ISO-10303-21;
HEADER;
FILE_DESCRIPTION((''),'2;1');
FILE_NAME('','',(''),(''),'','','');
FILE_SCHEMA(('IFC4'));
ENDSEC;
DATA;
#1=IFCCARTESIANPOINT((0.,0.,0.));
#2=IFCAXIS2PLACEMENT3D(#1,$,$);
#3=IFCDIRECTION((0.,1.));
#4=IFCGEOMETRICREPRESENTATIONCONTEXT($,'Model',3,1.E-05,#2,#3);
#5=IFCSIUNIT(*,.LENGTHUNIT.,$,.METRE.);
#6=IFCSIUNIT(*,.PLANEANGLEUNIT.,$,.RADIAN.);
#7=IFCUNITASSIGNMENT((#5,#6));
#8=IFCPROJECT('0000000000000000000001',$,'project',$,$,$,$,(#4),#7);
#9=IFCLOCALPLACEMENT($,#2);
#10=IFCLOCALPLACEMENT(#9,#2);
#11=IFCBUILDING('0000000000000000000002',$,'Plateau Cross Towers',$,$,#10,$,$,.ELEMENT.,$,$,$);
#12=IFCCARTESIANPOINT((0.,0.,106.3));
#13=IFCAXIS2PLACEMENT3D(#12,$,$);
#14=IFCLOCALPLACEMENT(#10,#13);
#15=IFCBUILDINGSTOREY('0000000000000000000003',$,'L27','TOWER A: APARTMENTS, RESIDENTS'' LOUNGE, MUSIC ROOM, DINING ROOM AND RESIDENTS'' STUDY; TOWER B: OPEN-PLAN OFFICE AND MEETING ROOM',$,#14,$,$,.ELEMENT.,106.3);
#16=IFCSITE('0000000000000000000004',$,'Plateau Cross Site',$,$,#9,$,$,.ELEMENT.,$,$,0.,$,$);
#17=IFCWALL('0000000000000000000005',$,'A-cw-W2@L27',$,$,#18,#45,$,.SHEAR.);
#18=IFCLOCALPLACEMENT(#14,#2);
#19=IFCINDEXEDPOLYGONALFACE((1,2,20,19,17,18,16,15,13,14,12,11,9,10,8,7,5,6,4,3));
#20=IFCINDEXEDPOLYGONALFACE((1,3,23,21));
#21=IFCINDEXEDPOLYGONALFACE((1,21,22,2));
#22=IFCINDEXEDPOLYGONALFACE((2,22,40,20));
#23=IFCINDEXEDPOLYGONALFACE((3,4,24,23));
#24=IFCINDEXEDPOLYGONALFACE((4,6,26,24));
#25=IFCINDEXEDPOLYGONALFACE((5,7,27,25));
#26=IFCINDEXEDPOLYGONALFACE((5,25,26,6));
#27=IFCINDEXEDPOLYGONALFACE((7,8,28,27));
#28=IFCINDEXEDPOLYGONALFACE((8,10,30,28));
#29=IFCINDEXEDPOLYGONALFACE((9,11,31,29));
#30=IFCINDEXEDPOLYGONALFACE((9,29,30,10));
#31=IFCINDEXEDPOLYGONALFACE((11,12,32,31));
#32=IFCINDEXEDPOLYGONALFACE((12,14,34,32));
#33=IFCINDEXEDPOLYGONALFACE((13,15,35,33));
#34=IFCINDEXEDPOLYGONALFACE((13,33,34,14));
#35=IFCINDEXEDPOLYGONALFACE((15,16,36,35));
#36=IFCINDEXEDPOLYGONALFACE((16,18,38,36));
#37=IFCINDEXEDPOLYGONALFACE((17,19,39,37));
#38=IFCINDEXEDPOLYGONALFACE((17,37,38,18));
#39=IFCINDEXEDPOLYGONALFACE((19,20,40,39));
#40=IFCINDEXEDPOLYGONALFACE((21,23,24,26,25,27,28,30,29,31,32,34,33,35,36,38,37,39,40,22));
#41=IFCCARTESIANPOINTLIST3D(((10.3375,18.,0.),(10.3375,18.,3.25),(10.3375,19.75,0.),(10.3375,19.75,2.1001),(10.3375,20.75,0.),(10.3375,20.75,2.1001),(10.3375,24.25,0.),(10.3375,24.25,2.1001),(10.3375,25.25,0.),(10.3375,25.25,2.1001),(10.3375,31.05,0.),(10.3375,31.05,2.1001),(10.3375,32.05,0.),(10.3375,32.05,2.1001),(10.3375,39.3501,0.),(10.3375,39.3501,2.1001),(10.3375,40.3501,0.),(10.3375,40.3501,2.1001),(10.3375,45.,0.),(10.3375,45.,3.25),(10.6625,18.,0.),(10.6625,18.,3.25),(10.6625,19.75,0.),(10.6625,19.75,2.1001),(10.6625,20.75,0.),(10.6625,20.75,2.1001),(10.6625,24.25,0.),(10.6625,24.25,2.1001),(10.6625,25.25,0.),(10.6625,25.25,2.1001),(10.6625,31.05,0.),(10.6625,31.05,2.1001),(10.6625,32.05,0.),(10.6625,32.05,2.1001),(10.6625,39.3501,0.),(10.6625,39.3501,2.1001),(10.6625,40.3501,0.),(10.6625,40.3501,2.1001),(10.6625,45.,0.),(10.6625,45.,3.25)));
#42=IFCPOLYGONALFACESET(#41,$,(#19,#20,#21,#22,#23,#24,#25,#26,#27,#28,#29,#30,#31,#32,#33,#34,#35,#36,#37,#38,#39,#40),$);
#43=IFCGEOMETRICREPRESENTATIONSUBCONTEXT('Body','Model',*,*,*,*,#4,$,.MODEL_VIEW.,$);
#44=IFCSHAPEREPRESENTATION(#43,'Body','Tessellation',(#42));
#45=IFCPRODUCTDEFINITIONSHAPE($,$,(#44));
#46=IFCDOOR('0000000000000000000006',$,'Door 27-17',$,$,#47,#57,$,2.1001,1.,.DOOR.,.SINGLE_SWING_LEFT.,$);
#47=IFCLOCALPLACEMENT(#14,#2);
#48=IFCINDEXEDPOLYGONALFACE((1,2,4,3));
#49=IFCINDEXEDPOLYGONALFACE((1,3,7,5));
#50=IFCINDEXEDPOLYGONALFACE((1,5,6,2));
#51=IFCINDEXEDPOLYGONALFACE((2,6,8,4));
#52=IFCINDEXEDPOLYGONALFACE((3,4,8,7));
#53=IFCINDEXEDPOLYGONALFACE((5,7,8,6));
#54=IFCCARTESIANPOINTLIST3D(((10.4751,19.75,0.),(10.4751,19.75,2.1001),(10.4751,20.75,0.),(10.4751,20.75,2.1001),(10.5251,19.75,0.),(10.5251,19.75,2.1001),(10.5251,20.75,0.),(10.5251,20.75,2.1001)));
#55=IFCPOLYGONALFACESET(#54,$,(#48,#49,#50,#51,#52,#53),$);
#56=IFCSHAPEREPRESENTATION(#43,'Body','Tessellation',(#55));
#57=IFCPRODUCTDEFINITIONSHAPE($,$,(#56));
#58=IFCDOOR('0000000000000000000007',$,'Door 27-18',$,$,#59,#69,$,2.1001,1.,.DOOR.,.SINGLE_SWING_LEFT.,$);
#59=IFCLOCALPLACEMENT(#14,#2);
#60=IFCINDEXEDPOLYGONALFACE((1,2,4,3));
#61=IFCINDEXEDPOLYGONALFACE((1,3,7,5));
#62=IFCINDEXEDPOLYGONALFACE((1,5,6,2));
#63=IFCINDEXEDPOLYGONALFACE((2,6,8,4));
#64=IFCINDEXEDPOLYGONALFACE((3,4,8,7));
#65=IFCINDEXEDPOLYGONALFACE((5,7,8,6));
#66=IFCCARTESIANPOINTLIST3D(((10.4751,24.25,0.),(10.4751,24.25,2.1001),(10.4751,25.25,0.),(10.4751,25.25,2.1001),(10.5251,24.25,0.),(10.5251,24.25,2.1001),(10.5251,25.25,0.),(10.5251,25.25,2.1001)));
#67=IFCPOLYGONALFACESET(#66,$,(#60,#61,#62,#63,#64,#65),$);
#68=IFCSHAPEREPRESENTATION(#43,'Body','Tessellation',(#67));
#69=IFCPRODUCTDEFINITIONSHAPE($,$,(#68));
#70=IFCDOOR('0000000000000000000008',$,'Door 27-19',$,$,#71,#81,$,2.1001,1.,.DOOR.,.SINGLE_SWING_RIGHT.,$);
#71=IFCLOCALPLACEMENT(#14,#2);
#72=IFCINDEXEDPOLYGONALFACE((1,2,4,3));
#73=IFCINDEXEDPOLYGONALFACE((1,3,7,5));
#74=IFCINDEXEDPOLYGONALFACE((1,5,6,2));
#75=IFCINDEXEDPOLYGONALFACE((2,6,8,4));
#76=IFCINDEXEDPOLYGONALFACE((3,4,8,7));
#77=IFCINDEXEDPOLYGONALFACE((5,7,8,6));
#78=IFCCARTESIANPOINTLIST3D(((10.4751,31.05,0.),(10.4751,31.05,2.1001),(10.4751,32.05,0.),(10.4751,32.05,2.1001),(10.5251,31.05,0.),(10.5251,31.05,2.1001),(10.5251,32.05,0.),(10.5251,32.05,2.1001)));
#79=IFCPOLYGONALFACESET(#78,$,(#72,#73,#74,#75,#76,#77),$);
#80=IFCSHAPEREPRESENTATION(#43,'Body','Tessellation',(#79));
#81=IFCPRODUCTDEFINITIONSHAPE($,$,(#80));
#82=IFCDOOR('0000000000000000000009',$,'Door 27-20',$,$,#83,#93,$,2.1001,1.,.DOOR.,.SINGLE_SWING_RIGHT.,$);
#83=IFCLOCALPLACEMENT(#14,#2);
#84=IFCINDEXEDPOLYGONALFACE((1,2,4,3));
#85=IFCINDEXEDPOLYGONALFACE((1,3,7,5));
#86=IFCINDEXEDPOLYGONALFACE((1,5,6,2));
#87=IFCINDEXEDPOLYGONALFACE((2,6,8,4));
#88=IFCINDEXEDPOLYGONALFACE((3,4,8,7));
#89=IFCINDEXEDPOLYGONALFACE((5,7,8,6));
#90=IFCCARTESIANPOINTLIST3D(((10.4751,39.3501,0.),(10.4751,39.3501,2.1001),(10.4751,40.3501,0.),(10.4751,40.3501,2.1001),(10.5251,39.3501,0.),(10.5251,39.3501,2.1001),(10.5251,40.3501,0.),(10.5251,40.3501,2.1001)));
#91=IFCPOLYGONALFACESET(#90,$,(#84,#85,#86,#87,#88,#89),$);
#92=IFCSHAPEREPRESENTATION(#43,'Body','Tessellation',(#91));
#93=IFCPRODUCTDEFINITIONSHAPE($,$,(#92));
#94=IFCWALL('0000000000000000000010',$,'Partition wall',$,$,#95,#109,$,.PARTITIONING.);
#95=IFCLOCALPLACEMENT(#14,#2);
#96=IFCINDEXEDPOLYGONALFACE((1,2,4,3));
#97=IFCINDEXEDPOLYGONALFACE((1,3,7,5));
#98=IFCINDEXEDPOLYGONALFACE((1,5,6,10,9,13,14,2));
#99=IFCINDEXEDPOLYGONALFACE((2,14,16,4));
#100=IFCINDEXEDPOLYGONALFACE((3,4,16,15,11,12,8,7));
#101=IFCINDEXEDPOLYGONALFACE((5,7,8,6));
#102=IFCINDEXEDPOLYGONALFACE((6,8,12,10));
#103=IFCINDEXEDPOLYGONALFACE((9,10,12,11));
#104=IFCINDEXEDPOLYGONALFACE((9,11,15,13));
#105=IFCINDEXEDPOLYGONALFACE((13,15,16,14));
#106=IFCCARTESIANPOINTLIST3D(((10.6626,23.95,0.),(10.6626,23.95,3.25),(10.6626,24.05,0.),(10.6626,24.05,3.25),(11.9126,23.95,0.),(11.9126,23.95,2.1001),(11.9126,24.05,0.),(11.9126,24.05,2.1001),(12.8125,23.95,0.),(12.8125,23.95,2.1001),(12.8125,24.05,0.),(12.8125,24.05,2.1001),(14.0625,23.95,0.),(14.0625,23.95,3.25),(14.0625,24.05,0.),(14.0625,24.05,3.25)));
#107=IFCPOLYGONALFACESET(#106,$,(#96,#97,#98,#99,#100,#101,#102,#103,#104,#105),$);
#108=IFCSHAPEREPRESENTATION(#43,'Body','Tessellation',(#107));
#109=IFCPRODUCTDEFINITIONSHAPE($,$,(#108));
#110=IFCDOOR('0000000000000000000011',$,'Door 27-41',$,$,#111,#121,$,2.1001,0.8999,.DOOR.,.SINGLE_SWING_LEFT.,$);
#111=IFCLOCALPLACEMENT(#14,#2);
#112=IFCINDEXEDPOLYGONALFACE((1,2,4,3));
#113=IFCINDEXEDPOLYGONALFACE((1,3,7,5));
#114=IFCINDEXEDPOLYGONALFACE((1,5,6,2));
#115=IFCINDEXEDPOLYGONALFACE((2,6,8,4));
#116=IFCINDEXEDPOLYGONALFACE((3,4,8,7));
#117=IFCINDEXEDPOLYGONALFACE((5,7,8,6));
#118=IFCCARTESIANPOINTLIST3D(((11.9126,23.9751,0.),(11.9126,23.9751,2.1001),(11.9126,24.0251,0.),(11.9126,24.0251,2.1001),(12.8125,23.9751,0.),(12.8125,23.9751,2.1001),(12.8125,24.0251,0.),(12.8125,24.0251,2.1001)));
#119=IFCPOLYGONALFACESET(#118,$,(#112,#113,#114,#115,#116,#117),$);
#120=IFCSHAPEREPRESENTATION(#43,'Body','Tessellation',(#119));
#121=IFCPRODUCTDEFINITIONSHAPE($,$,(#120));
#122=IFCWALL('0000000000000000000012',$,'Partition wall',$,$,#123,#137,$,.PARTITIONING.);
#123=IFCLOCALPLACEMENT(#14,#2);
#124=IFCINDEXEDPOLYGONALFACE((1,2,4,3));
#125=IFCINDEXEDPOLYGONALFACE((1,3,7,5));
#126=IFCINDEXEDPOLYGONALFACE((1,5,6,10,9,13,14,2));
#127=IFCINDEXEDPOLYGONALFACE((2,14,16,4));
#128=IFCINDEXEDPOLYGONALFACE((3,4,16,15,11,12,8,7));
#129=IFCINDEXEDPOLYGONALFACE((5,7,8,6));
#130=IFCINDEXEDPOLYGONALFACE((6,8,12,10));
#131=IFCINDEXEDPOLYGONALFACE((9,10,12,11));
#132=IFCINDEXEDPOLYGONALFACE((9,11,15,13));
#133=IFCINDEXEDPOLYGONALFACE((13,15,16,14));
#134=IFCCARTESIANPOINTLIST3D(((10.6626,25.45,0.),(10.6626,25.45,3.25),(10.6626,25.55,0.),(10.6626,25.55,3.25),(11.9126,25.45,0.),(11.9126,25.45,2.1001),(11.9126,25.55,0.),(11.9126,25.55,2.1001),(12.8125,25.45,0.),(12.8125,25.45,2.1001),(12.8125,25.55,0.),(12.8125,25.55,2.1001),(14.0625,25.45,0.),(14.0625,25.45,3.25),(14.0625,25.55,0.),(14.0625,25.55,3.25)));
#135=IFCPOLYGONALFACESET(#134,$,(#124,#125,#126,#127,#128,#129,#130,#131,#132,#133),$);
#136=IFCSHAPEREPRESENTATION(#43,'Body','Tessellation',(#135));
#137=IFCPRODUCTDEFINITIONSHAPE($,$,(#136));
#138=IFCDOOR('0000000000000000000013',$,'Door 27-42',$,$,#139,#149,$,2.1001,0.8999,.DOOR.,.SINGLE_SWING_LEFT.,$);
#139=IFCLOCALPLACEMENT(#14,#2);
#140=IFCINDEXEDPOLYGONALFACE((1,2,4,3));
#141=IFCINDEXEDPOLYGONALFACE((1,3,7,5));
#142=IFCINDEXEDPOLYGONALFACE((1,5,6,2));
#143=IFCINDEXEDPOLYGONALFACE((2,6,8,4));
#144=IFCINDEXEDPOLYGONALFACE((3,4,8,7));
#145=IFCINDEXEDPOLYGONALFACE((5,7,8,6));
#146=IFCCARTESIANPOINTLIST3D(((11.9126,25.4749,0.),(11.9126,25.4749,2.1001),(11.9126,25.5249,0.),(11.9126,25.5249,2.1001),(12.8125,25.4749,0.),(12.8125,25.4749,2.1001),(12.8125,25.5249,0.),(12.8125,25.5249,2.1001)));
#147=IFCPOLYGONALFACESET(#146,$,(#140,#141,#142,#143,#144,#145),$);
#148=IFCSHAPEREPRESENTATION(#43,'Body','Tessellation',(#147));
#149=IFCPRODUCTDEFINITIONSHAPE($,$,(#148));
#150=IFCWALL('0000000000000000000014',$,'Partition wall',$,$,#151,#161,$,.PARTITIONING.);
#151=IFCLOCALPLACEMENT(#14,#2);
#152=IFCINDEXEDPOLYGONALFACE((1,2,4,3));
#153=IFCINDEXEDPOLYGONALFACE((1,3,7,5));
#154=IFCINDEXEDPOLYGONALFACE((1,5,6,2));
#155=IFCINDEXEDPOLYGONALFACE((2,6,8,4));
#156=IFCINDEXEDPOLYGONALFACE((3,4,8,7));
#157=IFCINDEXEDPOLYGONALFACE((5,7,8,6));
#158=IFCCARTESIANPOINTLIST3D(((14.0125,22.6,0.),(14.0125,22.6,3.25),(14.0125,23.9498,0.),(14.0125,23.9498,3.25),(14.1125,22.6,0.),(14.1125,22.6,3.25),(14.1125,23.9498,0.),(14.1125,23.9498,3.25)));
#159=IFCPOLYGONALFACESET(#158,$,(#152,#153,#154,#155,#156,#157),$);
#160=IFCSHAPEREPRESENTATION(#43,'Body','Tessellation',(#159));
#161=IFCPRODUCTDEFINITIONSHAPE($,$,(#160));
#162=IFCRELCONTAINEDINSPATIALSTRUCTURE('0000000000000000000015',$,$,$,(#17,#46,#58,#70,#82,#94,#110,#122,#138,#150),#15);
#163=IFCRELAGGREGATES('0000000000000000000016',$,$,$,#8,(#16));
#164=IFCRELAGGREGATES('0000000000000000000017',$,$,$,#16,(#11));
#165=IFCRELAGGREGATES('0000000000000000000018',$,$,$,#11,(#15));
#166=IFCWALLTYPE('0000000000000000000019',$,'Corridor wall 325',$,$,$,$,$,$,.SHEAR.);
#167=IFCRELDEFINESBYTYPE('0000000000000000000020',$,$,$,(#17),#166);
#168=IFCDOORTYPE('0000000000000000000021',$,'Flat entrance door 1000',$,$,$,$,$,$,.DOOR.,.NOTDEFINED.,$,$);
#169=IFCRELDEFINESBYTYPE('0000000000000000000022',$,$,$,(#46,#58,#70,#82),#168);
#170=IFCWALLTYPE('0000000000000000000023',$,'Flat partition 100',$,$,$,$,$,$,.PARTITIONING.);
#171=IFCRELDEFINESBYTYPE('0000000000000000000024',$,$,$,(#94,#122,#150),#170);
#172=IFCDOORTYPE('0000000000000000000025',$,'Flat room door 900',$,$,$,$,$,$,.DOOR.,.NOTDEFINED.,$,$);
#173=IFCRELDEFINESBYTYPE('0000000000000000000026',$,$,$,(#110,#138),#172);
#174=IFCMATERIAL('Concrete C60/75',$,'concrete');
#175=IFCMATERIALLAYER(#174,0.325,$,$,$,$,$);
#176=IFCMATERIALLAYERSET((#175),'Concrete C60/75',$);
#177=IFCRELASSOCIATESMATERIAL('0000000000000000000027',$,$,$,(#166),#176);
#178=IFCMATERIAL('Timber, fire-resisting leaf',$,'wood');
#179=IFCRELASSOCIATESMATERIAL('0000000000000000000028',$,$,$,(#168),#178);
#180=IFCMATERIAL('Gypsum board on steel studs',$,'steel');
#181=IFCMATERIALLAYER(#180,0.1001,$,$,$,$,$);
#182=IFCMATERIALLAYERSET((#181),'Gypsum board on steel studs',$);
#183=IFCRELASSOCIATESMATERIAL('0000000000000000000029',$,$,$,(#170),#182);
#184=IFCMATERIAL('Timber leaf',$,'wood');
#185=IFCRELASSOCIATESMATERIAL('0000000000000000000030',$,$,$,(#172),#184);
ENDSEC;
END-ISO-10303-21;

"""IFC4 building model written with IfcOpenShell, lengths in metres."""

from ifc_helpers import new_model, si_unit, direction, frame, frame_2d, origin, place, context, subcontext, project, spatial, rectangle, extrude, material, layer, layer_set, type_object, element, fill, save


model = new_model("IFC4")

# Units and contexts
model_context = context("Model", 3, precision=1e-05, world=origin(), true_north=direction((0.0, 1.0)))
body_context = subcontext(model_context, "Body", "Model", "MODEL_VIEW")
ifc_project = project(units=[si_unit("LENGTHUNIT", "METRE"), si_unit("PLANEANGLEUNIT", "RADIAN")], contexts=[model_context])

# Site, building, storey
site_placement = place(None, origin())
site = spatial("IfcSite", under=ifc_project, at=site_placement, Name="Plateau Cross Site", CompositionType="ELEMENT", RefElevation=0.0)
building_placement = place(site_placement, origin())
building = spatial("IfcBuilding", under=site, at=building_placement, Name="Plateau Cross Towers", CompositionType="ELEMENT")
storey_placement = place(building_placement, frame((0.0, 0.0, 106.3)))
storey = spatial("IfcBuildingStorey", under=building, at=storey_placement, Name="L27", Description="TOWER A: APARTMENTS, RESIDENTS' LOUNGE, MUSIC ROOM, DINING ROOM AND RESIDENTS' STUDY; TOWER B: OPEN-PLAN OFFICE AND MEETING ROOM", CompositionType="ELEMENT", Elevation=106.3)

# Shared definitions
ifc_material_1 = material(Name="Concrete C60/75", Category="concrete")

# Wall, openings, doors
ifc_layer_1 = layer(ifc_material_1, 0.325)
ifc_layer_set_1 = layer_set([ifc_layer_1], Name="Concrete C60/75")
wall_type_1 = type_object("IfcWallType", Name="Corridor wall 325", PredefinedType="SHEAR", material=ifc_layer_set_1)
wall_1_placement = place(storey_placement, frame((10.5, 18.0, 0.0), z_axis=(0.0, 0.0, 1.0), x_axis=(0.0, 1.0, 0.0)))
wall_1 = element("IfcWall", 1, at=wall_1_placement, inside=storey, type_object=wall_type_1, Name="A-cw-W2@L27", PredefinedType="SHEAR", context=body_context, shape_type="SweptSolid", body=[
    extrude(rectangle(XDim=27.0, YDim=0.325, at=frame_2d((13.5, 0.0))), origin(), (0.0, 0.0, 1.0), 3.25),
])
opening_1_placement = place(wall_1_placement, frame((1.75, 0.0, 0.0)))
opening_1 = element("IfcOpeningElement", 2, at=opening_1_placement, cuts=wall_1, PredefinedType="OPENING", context=body_context, shape_type="SweptSolid", body=[
    extrude(rectangle(XDim=1.0, YDim=2.1001, at=frame_2d((0.5, 1.05))), frame((0.0, 0.1724, 0.0), z_axis=(0.0, -1.0, 0.0), x_axis=(1.0, 0.0, 0.0)), (0.0, 0.0, 1.0), 0.345),
])
opening_2_placement = place(wall_1_placement, frame((6.25, 0.0, 0.0)))
opening_2 = element("IfcOpeningElement", 3, at=opening_2_placement, cuts=wall_1, PredefinedType="OPENING", context=body_context, shape_type="SweptSolid", body=[
    extrude(rectangle(XDim=1.0, YDim=2.1001, at=frame_2d((0.5, 1.05))), frame((0.0, 0.1724, 0.0), z_axis=(0.0, -1.0, 0.0), x_axis=(1.0, 0.0, 0.0)), (0.0, 0.0, 1.0), 0.345),
])
opening_3_placement = place(wall_1_placement, frame((13.05, 0.0, 0.0)))
opening_3 = element("IfcOpeningElement", 4, at=opening_3_placement, cuts=wall_1, PredefinedType="OPENING", context=body_context, shape_type="SweptSolid", body=[
    extrude(rectangle(XDim=1.0, YDim=2.1001, at=frame_2d((0.5, 1.05))), frame((0.0, 0.1724, 0.0), z_axis=(0.0, -1.0, 0.0), x_axis=(1.0, 0.0, 0.0)), (0.0, 0.0, 1.0), 0.345),
])
opening_4_placement = place(wall_1_placement, frame((21.3501, 0.0, 0.0)))
opening_4 = element("IfcOpeningElement", 5, at=opening_4_placement, cuts=wall_1, PredefinedType="OPENING", context=body_context, shape_type="SweptSolid", body=[
    extrude(rectangle(XDim=1.0, YDim=2.1001, at=frame_2d((0.5, 1.05))), frame((0.0, 0.1724, 0.0), z_axis=(0.0, -1.0, 0.0), x_axis=(1.0, 0.0, 0.0)), (0.0, 0.0, 1.0), 0.345),
])
ifc_material_2 = material(Name="Timber, fire-resisting leaf", Category="wood")
door_type_1 = type_object("IfcDoorType", Name="Flat entrance door 1000", OperationType="NOTDEFINED", PredefinedType="DOOR", material=ifc_material_2)
door_1_placement = place(opening_1_placement, origin())
door_1 = element("IfcDoor", 6, at=door_1_placement, inside=storey, type_object=door_type_1, Name="Door 27-17", OperationType="SINGLE_SWING_LEFT", OverallHeight=2.1001, OverallWidth=1.0, PredefinedType="DOOR", context=body_context, shape_type="SweptSolid", body=[
    extrude(rectangle(XDim=1.0, YDim=2.1001, at=frame_2d((0.5, 1.05))), frame((0.0, 0.0249, 0.0), z_axis=(0.0, -1.0, 0.0), x_axis=(1.0, 0.0, 0.0)), (0.0, 0.0, 1.0), 0.05),
])
fill(opening_1, door_1)
door_2_placement = place(opening_2_placement, origin())
door_2 = element("IfcDoor", 7, at=door_2_placement, inside=storey, type_object=door_type_1, Name="Door 27-18", OperationType="SINGLE_SWING_LEFT", OverallHeight=2.1001, OverallWidth=1.0, PredefinedType="DOOR", context=body_context, shape_type="SweptSolid", body=[
    extrude(rectangle(XDim=1.0, YDim=2.1001, at=frame_2d((0.5, 1.05))), frame((0.0, 0.0249, 0.0), z_axis=(0.0, -1.0, 0.0), x_axis=(1.0, 0.0, 0.0)), (0.0, 0.0, 1.0), 0.05),
])
fill(opening_2, door_2)
door_3_placement = place(opening_3_placement, origin())
door_3 = element("IfcDoor", 8, at=door_3_placement, inside=storey, type_object=door_type_1, Name="Door 27-19", OperationType="SINGLE_SWING_RIGHT", OverallHeight=2.1001, OverallWidth=1.0, PredefinedType="DOOR", context=body_context, shape_type="SweptSolid", body=[
    extrude(rectangle(XDim=1.0, YDim=2.1001, at=frame_2d((0.5, 1.05))), frame((0.0, 0.0249, 0.0), z_axis=(0.0, -1.0, 0.0), x_axis=(1.0, 0.0, 0.0)), (0.0, 0.0, 1.0), 0.05),
])
fill(opening_3, door_3)
door_4_placement = place(opening_4_placement, origin())
door_4 = element("IfcDoor", 9, at=door_4_placement, inside=storey, type_object=door_type_1, Name="Door 27-20", OperationType="SINGLE_SWING_RIGHT", OverallHeight=2.1001, OverallWidth=1.0, PredefinedType="DOOR", context=body_context, shape_type="SweptSolid", body=[
    extrude(rectangle(XDim=1.0, YDim=2.1001, at=frame_2d((0.5, 1.05))), frame((0.0, 0.0249, 0.0), z_axis=(0.0, -1.0, 0.0), x_axis=(1.0, 0.0, 0.0)), (0.0, 0.0, 1.0), 0.05),
])
fill(opening_4, door_4)

# Walls, openings, doors
ifc_material_3 = material(Name="Gypsum board on steel studs", Category="steel")
ifc_layer_2 = layer(ifc_material_3, 0.1001)
ifc_layer_set_2 = layer_set([ifc_layer_2], Name="Gypsum board on steel studs")
wall_type_2 = type_object("IfcWallType", Name="Flat partition 100", PredefinedType="PARTITIONING", material=ifc_layer_set_2)
wall_2_placement = place(storey_placement, frame((14.0625, 24.0, 0.0), z_axis=(0.0, 0.0, 1.0), x_axis=(-1.0, 0.0, 0.0)))
wall_2 = element("IfcWall", 10, at=wall_2_placement, inside=storey, type_object=wall_type_2, Name="Partition wall", PredefinedType="PARTITIONING", context=body_context, shape_type="SweptSolid", body=[
    extrude(rectangle(XDim=3.3999, YDim=0.1001, at=frame_2d((1.7, 0.0))), origin(), (0.0, 0.0, 1.0), 3.25),
])
opening_5_placement = place(wall_2_placement, frame((1.25, 0.0, 0.0)))
opening_5 = element("IfcOpeningElement", 11, at=opening_5_placement, cuts=wall_2, PredefinedType="OPENING", context=body_context, shape_type="SweptSolid", body=[
    extrude(rectangle(XDim=0.8999, YDim=2.1001, at=frame_2d((0.45, 1.05))), frame((0.0, 0.0601, 0.0), z_axis=(0.0, -1.0, 0.0), x_axis=(1.0, 0.0, 0.0)), (0.0, 0.0, 1.0), 0.1201),
])
ifc_material_4 = material(Name="Timber leaf", Category="wood")
door_type_2 = type_object("IfcDoorType", Name="Flat room door 900", OperationType="NOTDEFINED", PredefinedType="DOOR", material=ifc_material_4)
door_5_placement = place(opening_5_placement, origin())
door_5 = element("IfcDoor", 12, at=door_5_placement, inside=storey, type_object=door_type_2, Name="Door 27-41", OperationType="SINGLE_SWING_LEFT", OverallHeight=2.1001, OverallWidth=0.8999, PredefinedType="DOOR", context=body_context, shape_type="SweptSolid", body=[
    extrude(rectangle(XDim=0.8999, YDim=2.1001, at=frame_2d((0.45, 1.05))), frame((0.0, 0.0249, 0.0), z_axis=(0.0, -1.0, 0.0), x_axis=(1.0, 0.0, 0.0)), (0.0, 0.0, 1.0), 0.05),
])
fill(opening_5, door_5)
wall_3_placement = place(storey_placement, frame((10.6626, 25.5, 0.0), z_axis=(0.0, 0.0, 1.0), x_axis=(1.0, 0.0, 0.0)))
wall_3 = element("IfcWall", 13, at=wall_3_placement, inside=storey, type_object=wall_type_2, Name="Partition wall", PredefinedType="PARTITIONING", context=body_context, shape_type="SweptSolid", body=[
    extrude(rectangle(XDim=3.3999, YDim=0.1001, at=frame_2d((1.7, 0.0))), origin(), (0.0, 0.0, 1.0), 3.25),
])
opening_6_placement = place(wall_3_placement, frame((1.25, 0.0, 0.0)))
opening_6 = element("IfcOpeningElement", 14, at=opening_6_placement, cuts=wall_3, PredefinedType="OPENING", context=body_context, shape_type="SweptSolid", body=[
    extrude(rectangle(XDim=0.8999, YDim=2.1001, at=frame_2d((0.45, 1.05))), frame((0.0, 0.0601, 0.0), z_axis=(0.0, -1.0, 0.0), x_axis=(1.0, 0.0, 0.0)), (0.0, 0.0, 1.0), 0.1201),
])
door_6_placement = place(opening_6_placement, origin())
door_6 = element("IfcDoor", 15, at=door_6_placement, inside=storey, type_object=door_type_2, Name="Door 27-42", OperationType="SINGLE_SWING_LEFT", OverallHeight=2.1001, OverallWidth=0.8999, PredefinedType="DOOR", context=body_context, shape_type="SweptSolid", body=[
    extrude(rectangle(XDim=0.8999, YDim=2.1001, at=frame_2d((0.45, 1.05))), frame((0.0, 0.0249, 0.0), z_axis=(0.0, -1.0, 0.0), x_axis=(1.0, 0.0, 0.0)), (0.0, 0.0, 1.0), 0.05),
])
fill(opening_6, door_6)

# Wall
for number, where, z_axis, x_axis, name in (
    (16, (14.0625, 22.6001, 0.0), (0.0, 0.0, 1.0), (0.0, 1.0, 0.0), "Partition wall"),
):
    element("IfcWall", number, at=place(storey_placement, frame(where, z_axis=z_axis, x_axis=x_axis)), inside=storey, type_object=wall_type_2, Name=name, PredefinedType="PARTITIONING", context=body_context, shape_type="SweptSolid", body=[
        extrude(rectangle(XDim=1.3499, YDim=0.1001, at=frame_2d((0.6748, 0.0))), origin(), (0.0, 0.0, 1.0), 3.25),
    ])

save(model, "model.ifc")
